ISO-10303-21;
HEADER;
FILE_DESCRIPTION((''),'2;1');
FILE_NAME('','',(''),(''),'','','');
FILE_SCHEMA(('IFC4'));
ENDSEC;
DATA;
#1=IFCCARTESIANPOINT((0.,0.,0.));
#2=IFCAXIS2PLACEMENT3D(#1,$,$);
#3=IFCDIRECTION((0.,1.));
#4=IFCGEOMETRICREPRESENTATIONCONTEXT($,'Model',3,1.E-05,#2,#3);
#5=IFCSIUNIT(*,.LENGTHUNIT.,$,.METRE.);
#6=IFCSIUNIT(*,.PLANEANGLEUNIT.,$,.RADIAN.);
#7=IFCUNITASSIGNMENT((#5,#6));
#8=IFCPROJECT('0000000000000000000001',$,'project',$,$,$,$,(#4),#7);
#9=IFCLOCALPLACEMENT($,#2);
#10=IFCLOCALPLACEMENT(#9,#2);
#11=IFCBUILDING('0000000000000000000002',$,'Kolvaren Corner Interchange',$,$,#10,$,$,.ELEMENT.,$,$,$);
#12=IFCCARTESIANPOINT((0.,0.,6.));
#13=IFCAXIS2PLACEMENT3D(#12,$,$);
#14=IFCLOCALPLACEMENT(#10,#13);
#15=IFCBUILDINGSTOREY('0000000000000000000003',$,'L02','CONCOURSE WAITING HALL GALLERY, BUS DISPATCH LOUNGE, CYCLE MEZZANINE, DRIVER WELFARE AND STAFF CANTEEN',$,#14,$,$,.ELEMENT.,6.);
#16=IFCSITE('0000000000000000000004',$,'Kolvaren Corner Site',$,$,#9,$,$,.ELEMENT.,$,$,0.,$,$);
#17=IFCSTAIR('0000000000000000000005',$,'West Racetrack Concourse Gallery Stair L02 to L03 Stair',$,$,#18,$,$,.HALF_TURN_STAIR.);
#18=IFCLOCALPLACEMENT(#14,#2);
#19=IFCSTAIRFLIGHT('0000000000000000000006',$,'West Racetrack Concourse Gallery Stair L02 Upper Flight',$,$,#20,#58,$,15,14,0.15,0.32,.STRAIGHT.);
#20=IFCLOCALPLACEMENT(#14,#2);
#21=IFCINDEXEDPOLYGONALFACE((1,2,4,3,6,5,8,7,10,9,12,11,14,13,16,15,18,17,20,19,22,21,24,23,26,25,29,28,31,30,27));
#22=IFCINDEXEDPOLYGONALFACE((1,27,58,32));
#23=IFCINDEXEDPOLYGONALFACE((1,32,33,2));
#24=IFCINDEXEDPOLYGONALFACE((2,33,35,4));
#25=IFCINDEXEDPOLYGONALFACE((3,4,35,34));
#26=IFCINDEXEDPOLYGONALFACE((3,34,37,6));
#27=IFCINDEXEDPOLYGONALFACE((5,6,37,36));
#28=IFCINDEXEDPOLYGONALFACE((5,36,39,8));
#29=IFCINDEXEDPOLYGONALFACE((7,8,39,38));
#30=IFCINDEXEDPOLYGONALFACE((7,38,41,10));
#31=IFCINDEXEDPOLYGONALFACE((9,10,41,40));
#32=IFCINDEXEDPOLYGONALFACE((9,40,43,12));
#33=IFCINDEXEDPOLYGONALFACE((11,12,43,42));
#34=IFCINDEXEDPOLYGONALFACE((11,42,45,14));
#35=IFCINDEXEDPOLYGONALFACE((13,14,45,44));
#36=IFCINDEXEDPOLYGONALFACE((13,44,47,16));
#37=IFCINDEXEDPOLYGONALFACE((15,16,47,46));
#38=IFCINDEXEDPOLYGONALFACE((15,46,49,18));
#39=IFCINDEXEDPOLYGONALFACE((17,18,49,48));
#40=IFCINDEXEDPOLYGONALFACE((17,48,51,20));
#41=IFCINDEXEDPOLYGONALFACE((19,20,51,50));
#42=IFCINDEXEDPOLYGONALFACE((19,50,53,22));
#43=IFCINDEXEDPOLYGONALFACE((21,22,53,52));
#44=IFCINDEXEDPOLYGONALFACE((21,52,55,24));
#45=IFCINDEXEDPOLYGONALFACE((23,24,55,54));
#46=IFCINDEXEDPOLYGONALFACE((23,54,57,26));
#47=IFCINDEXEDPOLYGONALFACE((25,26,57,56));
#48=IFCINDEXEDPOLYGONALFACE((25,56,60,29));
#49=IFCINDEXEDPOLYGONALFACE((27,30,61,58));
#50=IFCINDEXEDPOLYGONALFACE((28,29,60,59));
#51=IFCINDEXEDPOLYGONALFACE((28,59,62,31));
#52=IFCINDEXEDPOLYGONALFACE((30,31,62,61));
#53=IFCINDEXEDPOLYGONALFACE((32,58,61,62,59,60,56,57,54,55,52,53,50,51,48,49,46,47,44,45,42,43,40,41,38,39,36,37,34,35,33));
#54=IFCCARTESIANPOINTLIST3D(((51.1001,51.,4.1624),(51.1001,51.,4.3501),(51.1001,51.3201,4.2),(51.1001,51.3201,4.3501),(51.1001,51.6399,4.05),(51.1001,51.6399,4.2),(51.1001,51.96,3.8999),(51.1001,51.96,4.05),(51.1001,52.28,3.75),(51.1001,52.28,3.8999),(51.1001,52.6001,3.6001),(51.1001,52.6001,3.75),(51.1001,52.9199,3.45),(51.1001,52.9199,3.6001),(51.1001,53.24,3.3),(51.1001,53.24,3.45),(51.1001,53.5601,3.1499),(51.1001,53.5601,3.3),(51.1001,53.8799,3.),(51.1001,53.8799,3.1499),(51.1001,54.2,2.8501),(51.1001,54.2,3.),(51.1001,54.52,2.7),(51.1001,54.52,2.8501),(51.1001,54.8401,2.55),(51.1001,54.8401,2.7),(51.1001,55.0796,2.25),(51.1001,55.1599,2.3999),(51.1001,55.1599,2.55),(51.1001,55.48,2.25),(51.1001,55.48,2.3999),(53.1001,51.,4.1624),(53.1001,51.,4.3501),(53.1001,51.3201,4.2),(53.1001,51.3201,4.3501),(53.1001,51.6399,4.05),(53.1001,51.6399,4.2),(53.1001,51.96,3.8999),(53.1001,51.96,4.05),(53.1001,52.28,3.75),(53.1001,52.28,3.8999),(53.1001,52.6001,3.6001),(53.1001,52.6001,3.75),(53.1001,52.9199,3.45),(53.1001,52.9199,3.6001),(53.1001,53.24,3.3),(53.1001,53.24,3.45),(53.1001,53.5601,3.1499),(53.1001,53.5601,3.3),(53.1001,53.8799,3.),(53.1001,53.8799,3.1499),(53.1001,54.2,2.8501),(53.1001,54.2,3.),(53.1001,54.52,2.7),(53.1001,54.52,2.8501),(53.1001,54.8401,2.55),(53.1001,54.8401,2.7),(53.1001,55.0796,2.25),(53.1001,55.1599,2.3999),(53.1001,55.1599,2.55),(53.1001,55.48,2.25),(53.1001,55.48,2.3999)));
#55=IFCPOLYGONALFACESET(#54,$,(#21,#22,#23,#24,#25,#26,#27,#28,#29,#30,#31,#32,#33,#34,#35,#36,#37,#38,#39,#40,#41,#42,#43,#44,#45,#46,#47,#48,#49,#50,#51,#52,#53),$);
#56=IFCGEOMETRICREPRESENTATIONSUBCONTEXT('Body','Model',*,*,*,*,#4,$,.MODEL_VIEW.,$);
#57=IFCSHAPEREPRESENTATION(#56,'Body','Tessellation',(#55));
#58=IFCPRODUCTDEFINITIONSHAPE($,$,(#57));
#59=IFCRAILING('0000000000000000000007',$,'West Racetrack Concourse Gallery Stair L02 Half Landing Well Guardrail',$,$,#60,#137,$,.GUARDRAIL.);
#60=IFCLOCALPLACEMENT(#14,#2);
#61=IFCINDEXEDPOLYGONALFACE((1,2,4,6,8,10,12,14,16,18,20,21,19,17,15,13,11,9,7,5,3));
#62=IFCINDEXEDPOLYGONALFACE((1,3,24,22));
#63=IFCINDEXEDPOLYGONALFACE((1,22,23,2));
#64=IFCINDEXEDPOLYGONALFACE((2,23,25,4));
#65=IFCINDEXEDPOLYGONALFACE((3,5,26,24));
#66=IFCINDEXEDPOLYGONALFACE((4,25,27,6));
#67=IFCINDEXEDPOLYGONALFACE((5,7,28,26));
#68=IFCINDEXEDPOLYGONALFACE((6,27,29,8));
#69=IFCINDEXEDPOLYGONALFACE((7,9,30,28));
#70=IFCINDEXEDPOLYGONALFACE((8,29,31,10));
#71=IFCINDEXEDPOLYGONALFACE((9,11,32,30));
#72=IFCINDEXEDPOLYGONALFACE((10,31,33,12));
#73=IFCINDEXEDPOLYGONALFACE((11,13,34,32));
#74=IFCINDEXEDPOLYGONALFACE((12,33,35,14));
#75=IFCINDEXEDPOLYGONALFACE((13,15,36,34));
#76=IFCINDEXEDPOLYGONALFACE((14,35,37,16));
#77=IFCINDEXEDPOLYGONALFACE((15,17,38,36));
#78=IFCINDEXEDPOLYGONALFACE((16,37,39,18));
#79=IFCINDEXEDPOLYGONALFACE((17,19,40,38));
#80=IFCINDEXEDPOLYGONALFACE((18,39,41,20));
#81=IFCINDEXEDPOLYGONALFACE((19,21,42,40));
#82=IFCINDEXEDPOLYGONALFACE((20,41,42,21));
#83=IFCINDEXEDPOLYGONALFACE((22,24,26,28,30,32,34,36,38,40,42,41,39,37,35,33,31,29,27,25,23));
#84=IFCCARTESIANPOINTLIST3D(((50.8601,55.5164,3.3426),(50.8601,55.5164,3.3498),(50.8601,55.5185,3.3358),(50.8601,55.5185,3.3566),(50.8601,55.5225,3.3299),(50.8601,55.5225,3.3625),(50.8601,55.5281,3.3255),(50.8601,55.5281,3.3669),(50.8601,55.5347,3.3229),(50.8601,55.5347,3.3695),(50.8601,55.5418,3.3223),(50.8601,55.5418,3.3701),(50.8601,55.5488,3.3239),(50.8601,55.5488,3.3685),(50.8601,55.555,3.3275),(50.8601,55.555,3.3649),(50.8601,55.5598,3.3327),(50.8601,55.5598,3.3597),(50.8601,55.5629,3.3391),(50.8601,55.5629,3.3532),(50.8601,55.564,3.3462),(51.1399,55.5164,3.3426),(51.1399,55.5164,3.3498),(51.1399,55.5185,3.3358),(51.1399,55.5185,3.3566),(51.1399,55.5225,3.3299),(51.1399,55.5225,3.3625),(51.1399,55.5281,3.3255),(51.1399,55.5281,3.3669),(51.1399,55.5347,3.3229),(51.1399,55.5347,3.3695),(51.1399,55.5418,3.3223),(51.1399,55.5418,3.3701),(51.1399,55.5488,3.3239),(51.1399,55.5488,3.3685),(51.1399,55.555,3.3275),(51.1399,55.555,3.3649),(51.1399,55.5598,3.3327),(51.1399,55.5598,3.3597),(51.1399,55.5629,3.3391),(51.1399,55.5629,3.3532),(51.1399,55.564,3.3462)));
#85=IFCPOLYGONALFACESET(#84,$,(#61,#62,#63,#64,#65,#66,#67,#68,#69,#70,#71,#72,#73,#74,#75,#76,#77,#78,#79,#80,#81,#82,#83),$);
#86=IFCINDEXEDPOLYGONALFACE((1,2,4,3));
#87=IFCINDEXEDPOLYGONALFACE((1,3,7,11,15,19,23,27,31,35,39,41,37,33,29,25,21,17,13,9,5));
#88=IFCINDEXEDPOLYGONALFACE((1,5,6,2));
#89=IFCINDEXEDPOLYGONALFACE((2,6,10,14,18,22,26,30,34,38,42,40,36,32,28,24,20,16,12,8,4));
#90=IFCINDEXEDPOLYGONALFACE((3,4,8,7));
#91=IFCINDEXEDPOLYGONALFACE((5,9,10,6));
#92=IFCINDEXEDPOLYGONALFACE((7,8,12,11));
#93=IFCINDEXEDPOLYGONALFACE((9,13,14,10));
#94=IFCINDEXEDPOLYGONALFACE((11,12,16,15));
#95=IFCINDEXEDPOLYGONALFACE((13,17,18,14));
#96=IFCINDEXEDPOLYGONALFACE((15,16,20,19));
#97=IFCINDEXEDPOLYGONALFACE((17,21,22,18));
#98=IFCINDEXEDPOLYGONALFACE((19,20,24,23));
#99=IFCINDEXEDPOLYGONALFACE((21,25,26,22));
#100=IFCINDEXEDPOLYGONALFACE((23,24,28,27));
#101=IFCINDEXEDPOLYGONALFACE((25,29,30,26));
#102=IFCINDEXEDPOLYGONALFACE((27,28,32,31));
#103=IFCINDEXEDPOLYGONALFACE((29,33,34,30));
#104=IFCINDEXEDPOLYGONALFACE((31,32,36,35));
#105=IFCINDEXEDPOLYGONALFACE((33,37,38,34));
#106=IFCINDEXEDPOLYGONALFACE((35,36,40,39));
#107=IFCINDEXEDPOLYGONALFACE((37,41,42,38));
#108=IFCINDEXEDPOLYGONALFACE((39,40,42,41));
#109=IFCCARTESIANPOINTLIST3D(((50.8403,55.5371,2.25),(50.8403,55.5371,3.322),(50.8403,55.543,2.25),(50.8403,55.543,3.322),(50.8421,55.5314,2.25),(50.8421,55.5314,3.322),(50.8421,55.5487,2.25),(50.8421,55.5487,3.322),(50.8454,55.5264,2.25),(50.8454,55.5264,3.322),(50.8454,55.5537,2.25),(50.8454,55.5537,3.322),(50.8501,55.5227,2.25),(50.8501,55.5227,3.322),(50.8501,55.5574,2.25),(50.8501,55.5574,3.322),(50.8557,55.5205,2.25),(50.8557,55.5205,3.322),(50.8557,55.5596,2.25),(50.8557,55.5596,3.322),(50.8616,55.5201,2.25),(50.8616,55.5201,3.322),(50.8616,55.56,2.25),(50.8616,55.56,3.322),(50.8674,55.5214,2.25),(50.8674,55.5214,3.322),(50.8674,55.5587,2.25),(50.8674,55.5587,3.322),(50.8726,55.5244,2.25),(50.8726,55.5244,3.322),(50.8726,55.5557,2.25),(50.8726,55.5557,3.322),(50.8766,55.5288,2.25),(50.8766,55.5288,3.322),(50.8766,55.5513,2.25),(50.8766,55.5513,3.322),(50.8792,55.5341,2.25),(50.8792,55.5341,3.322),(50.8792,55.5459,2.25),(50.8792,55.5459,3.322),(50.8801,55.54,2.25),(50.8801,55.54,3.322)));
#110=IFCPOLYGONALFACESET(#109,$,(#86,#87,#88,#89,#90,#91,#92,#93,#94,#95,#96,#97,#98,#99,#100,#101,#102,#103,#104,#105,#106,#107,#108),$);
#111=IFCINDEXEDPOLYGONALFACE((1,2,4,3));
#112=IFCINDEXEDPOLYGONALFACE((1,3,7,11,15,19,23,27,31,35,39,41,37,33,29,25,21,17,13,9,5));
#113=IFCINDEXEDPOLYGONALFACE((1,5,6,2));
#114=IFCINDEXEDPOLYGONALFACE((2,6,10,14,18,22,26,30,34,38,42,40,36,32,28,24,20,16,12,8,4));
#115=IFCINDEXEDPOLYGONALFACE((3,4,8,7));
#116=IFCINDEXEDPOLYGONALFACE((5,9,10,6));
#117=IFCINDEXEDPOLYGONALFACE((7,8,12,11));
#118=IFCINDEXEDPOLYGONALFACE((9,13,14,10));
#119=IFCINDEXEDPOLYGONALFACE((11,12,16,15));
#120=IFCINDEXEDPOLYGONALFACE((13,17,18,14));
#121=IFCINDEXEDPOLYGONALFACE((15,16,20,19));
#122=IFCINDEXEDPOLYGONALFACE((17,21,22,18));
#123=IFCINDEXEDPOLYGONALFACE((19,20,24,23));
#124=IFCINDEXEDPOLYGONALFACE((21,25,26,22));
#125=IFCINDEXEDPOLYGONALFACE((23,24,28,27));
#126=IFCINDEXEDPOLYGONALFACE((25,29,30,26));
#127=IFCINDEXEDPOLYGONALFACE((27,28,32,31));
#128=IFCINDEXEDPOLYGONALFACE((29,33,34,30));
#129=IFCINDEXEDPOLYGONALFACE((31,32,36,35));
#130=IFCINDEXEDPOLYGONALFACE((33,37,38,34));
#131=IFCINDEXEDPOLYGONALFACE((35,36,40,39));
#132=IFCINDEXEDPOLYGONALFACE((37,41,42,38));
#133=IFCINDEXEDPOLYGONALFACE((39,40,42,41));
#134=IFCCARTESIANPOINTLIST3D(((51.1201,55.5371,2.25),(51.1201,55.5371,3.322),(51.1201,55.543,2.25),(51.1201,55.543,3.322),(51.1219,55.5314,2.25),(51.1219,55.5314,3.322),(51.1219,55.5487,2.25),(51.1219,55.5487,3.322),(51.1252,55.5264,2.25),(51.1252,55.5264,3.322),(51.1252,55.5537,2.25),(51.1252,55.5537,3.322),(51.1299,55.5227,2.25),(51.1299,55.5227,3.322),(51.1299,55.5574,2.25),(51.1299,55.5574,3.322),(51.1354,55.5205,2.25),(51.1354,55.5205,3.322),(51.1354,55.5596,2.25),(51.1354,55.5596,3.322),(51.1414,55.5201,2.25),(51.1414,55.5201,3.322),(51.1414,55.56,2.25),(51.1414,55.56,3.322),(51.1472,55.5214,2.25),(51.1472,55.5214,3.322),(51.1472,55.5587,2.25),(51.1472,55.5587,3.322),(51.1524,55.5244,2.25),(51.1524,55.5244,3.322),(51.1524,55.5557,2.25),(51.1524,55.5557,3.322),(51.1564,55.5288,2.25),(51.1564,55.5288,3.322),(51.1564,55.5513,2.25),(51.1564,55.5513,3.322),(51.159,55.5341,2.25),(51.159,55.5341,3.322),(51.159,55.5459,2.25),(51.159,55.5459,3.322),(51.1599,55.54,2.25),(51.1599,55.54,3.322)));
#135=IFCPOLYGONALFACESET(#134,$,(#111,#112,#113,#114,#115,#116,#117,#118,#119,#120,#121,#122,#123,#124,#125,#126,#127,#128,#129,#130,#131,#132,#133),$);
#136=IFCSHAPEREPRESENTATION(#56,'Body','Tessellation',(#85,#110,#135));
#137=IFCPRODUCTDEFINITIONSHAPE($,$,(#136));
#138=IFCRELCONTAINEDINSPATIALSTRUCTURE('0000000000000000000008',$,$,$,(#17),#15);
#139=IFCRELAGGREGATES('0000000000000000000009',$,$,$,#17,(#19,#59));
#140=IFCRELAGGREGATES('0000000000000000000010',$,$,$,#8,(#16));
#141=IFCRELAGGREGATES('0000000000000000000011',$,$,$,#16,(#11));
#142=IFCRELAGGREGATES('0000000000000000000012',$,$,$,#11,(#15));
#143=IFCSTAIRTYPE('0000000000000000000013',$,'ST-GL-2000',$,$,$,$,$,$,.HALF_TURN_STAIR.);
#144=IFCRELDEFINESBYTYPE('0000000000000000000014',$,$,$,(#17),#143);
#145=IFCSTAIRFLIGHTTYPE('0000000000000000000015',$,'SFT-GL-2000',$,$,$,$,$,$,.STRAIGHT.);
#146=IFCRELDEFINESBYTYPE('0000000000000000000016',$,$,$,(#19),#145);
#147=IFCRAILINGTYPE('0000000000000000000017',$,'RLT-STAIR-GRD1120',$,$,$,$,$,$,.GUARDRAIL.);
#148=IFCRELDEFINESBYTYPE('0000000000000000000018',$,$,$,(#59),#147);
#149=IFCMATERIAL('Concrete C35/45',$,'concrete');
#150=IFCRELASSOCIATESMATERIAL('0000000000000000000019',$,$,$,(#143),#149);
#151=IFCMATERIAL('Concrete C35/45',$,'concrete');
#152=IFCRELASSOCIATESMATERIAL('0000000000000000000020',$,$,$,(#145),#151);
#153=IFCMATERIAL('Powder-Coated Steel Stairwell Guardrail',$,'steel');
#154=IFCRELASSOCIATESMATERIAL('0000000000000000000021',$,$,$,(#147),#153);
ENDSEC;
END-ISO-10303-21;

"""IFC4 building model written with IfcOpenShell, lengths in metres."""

from ifc_helpers import new_model, si_unit, direction, frame, origin, origin_2d, place, context, subcontext, project, spatial, polyline, circle, outline, extrude, material, type_object, element, aggregate, save


model = new_model("IFC4")

# Units and contexts
model_context = context("Model", 3, precision=1e-05, world=origin(), true_north=direction((0.0, 1.0)))
body_context = subcontext(model_context, "Body", "Model", "MODEL_VIEW")
ifc_project = project(units=[si_unit("LENGTHUNIT", "METRE"), si_unit("PLANEANGLEUNIT", "RADIAN")], contexts=[model_context])

# Site, building, storey
site_placement = place(None, origin())
site = spatial("IfcSite", under=ifc_project, at=site_placement, Name="Kolvaren Corner Site", CompositionType="ELEMENT", RefElevation=0.0)
building_placement = place(site_placement, origin())
building = spatial("IfcBuilding", under=site, at=building_placement, Name="Kolvaren Corner Interchange", CompositionType="ELEMENT")
storey_placement = place(building_placement, frame((0.0, 0.0, 6.0)))
storey = spatial("IfcBuildingStorey", under=building, at=storey_placement, Name="L02", Description="CONCOURSE WAITING HALL GALLERY, BUS DISPATCH LOUNGE, CYCLE MEZZANINE, DRIVER WELFARE AND STAFF CANTEEN", CompositionType="ELEMENT", Elevation=6.0)

# Stair, stair flight, railing
ifc_material_1 = material(Name="Concrete C35/45", Category="concrete")
stair_type = type_object("IfcStairType", Name="ST-GL-2000", PredefinedType="HALF_TURN_STAIR", material=ifc_material_1)
stair_placement = place(storey_placement, origin())
stair = element("IfcStair", 1, at=stair_placement, inside=storey, type_object=stair_type, Name="West Racetrack Concourse Gallery Stair L02 to L03 Stair", PredefinedType="HALF_TURN_STAIR")
ifc_material_2 = material(Name="Concrete C35/45", Category="concrete")
stair_flight_type = type_object("IfcStairFlightType", Name="SFT-GL-2000", PredefinedType="STRAIGHT", material=ifc_material_2)
stair_flight_placement = place(storey_placement, frame((52.1001, 55.48, 2.25), z_axis=(0.0, 0.0, 1.0), x_axis=(0.0, -1.0, 0.0)))
stair_flight = element("IfcStairFlight", 2, at=stair_flight_placement, type_object=stair_flight_type, Name="West Racetrack Concourse Gallery Stair L02 Upper Flight", NumberOfRisers=15, NumberOfTreads=14, PredefinedType="STRAIGHT", RiserHeight=0.15, TreadLength=0.32, context=body_context, shape_type="SweptSolid", body=[
    extrude(outline(polyline([(0.0, 0.0), (0.0, 0.1499), (0.3201, 0.1499), (0.3201, 0.3), (0.6399, 0.3), (0.6399, 0.45), (0.96, 0.45), (0.96, 0.6001), (1.28, 0.6001), (1.28, 0.75), (1.6001, 0.75), (1.6001, 0.8999), (1.9199, 0.8999), (1.9199, 1.05), (2.24, 1.05), (2.24, 1.2), (2.5601, 1.2), (2.5601, 1.3501), (2.8799, 1.3501), (2.8799, 1.5), (3.2, 1.5), (3.2, 1.6499), (3.52, 1.6499), (3.52, 1.8), (3.8401, 1.8), (3.8401, 1.95), (4.1599, 1.95), (4.1599, 2.1001), (4.48, 2.1001), (4.48, 2.25), (4.48, 1.9124), (0.4004, 0.0), (0.0, 0.0)])), frame((0.0, 1.0, 0.0), z_axis=(0.0, -1.0, 0.0), x_axis=(1.0, 0.0, 0.0)), (0.0, 0.0, 1.0), 2.0),
])
ifc_material_3 = material(Name="Powder-Coated Steel Stairwell Guardrail", Category="steel")
railing_type_1 = type_object("IfcRailingType", Name="RLT-STAIR-GRD1120", PredefinedType="GUARDRAIL", material=ifc_material_3)
railing_1_placement = place(storey_placement, frame((50.8601, 55.54, 2.25)))
railing_1 = element("IfcRailing", 3, at=railing_1_placement, type_object=railing_type_1, Name="West Racetrack Concourse Gallery Stair L02 Half Landing Well Guardrail", PredefinedType="GUARDRAIL", context=body_context, shape_type="SweptSolid", body=[
    extrude(circle(Radius=0.0239, at=origin_2d()), frame((0.0, 0.0, 1.0962), z_axis=(1.0, 0.0, 0.0), x_axis=(0.0, 1.0, 0.0)), (0.0, 0.0, 1.0), 0.2798),
    extrude(circle(Radius=0.02, at=origin_2d()), origin(), (0.0, 0.0, 1.0), 1.072),
    extrude(circle(Radius=0.02, at=origin_2d()), frame((0.2798, 0.0, 0.0)), (0.0, 0.0, 1.0), 1.072),
])
aggregate(stair, [stair_flight, railing_1])

save(model, "model.ifc")
